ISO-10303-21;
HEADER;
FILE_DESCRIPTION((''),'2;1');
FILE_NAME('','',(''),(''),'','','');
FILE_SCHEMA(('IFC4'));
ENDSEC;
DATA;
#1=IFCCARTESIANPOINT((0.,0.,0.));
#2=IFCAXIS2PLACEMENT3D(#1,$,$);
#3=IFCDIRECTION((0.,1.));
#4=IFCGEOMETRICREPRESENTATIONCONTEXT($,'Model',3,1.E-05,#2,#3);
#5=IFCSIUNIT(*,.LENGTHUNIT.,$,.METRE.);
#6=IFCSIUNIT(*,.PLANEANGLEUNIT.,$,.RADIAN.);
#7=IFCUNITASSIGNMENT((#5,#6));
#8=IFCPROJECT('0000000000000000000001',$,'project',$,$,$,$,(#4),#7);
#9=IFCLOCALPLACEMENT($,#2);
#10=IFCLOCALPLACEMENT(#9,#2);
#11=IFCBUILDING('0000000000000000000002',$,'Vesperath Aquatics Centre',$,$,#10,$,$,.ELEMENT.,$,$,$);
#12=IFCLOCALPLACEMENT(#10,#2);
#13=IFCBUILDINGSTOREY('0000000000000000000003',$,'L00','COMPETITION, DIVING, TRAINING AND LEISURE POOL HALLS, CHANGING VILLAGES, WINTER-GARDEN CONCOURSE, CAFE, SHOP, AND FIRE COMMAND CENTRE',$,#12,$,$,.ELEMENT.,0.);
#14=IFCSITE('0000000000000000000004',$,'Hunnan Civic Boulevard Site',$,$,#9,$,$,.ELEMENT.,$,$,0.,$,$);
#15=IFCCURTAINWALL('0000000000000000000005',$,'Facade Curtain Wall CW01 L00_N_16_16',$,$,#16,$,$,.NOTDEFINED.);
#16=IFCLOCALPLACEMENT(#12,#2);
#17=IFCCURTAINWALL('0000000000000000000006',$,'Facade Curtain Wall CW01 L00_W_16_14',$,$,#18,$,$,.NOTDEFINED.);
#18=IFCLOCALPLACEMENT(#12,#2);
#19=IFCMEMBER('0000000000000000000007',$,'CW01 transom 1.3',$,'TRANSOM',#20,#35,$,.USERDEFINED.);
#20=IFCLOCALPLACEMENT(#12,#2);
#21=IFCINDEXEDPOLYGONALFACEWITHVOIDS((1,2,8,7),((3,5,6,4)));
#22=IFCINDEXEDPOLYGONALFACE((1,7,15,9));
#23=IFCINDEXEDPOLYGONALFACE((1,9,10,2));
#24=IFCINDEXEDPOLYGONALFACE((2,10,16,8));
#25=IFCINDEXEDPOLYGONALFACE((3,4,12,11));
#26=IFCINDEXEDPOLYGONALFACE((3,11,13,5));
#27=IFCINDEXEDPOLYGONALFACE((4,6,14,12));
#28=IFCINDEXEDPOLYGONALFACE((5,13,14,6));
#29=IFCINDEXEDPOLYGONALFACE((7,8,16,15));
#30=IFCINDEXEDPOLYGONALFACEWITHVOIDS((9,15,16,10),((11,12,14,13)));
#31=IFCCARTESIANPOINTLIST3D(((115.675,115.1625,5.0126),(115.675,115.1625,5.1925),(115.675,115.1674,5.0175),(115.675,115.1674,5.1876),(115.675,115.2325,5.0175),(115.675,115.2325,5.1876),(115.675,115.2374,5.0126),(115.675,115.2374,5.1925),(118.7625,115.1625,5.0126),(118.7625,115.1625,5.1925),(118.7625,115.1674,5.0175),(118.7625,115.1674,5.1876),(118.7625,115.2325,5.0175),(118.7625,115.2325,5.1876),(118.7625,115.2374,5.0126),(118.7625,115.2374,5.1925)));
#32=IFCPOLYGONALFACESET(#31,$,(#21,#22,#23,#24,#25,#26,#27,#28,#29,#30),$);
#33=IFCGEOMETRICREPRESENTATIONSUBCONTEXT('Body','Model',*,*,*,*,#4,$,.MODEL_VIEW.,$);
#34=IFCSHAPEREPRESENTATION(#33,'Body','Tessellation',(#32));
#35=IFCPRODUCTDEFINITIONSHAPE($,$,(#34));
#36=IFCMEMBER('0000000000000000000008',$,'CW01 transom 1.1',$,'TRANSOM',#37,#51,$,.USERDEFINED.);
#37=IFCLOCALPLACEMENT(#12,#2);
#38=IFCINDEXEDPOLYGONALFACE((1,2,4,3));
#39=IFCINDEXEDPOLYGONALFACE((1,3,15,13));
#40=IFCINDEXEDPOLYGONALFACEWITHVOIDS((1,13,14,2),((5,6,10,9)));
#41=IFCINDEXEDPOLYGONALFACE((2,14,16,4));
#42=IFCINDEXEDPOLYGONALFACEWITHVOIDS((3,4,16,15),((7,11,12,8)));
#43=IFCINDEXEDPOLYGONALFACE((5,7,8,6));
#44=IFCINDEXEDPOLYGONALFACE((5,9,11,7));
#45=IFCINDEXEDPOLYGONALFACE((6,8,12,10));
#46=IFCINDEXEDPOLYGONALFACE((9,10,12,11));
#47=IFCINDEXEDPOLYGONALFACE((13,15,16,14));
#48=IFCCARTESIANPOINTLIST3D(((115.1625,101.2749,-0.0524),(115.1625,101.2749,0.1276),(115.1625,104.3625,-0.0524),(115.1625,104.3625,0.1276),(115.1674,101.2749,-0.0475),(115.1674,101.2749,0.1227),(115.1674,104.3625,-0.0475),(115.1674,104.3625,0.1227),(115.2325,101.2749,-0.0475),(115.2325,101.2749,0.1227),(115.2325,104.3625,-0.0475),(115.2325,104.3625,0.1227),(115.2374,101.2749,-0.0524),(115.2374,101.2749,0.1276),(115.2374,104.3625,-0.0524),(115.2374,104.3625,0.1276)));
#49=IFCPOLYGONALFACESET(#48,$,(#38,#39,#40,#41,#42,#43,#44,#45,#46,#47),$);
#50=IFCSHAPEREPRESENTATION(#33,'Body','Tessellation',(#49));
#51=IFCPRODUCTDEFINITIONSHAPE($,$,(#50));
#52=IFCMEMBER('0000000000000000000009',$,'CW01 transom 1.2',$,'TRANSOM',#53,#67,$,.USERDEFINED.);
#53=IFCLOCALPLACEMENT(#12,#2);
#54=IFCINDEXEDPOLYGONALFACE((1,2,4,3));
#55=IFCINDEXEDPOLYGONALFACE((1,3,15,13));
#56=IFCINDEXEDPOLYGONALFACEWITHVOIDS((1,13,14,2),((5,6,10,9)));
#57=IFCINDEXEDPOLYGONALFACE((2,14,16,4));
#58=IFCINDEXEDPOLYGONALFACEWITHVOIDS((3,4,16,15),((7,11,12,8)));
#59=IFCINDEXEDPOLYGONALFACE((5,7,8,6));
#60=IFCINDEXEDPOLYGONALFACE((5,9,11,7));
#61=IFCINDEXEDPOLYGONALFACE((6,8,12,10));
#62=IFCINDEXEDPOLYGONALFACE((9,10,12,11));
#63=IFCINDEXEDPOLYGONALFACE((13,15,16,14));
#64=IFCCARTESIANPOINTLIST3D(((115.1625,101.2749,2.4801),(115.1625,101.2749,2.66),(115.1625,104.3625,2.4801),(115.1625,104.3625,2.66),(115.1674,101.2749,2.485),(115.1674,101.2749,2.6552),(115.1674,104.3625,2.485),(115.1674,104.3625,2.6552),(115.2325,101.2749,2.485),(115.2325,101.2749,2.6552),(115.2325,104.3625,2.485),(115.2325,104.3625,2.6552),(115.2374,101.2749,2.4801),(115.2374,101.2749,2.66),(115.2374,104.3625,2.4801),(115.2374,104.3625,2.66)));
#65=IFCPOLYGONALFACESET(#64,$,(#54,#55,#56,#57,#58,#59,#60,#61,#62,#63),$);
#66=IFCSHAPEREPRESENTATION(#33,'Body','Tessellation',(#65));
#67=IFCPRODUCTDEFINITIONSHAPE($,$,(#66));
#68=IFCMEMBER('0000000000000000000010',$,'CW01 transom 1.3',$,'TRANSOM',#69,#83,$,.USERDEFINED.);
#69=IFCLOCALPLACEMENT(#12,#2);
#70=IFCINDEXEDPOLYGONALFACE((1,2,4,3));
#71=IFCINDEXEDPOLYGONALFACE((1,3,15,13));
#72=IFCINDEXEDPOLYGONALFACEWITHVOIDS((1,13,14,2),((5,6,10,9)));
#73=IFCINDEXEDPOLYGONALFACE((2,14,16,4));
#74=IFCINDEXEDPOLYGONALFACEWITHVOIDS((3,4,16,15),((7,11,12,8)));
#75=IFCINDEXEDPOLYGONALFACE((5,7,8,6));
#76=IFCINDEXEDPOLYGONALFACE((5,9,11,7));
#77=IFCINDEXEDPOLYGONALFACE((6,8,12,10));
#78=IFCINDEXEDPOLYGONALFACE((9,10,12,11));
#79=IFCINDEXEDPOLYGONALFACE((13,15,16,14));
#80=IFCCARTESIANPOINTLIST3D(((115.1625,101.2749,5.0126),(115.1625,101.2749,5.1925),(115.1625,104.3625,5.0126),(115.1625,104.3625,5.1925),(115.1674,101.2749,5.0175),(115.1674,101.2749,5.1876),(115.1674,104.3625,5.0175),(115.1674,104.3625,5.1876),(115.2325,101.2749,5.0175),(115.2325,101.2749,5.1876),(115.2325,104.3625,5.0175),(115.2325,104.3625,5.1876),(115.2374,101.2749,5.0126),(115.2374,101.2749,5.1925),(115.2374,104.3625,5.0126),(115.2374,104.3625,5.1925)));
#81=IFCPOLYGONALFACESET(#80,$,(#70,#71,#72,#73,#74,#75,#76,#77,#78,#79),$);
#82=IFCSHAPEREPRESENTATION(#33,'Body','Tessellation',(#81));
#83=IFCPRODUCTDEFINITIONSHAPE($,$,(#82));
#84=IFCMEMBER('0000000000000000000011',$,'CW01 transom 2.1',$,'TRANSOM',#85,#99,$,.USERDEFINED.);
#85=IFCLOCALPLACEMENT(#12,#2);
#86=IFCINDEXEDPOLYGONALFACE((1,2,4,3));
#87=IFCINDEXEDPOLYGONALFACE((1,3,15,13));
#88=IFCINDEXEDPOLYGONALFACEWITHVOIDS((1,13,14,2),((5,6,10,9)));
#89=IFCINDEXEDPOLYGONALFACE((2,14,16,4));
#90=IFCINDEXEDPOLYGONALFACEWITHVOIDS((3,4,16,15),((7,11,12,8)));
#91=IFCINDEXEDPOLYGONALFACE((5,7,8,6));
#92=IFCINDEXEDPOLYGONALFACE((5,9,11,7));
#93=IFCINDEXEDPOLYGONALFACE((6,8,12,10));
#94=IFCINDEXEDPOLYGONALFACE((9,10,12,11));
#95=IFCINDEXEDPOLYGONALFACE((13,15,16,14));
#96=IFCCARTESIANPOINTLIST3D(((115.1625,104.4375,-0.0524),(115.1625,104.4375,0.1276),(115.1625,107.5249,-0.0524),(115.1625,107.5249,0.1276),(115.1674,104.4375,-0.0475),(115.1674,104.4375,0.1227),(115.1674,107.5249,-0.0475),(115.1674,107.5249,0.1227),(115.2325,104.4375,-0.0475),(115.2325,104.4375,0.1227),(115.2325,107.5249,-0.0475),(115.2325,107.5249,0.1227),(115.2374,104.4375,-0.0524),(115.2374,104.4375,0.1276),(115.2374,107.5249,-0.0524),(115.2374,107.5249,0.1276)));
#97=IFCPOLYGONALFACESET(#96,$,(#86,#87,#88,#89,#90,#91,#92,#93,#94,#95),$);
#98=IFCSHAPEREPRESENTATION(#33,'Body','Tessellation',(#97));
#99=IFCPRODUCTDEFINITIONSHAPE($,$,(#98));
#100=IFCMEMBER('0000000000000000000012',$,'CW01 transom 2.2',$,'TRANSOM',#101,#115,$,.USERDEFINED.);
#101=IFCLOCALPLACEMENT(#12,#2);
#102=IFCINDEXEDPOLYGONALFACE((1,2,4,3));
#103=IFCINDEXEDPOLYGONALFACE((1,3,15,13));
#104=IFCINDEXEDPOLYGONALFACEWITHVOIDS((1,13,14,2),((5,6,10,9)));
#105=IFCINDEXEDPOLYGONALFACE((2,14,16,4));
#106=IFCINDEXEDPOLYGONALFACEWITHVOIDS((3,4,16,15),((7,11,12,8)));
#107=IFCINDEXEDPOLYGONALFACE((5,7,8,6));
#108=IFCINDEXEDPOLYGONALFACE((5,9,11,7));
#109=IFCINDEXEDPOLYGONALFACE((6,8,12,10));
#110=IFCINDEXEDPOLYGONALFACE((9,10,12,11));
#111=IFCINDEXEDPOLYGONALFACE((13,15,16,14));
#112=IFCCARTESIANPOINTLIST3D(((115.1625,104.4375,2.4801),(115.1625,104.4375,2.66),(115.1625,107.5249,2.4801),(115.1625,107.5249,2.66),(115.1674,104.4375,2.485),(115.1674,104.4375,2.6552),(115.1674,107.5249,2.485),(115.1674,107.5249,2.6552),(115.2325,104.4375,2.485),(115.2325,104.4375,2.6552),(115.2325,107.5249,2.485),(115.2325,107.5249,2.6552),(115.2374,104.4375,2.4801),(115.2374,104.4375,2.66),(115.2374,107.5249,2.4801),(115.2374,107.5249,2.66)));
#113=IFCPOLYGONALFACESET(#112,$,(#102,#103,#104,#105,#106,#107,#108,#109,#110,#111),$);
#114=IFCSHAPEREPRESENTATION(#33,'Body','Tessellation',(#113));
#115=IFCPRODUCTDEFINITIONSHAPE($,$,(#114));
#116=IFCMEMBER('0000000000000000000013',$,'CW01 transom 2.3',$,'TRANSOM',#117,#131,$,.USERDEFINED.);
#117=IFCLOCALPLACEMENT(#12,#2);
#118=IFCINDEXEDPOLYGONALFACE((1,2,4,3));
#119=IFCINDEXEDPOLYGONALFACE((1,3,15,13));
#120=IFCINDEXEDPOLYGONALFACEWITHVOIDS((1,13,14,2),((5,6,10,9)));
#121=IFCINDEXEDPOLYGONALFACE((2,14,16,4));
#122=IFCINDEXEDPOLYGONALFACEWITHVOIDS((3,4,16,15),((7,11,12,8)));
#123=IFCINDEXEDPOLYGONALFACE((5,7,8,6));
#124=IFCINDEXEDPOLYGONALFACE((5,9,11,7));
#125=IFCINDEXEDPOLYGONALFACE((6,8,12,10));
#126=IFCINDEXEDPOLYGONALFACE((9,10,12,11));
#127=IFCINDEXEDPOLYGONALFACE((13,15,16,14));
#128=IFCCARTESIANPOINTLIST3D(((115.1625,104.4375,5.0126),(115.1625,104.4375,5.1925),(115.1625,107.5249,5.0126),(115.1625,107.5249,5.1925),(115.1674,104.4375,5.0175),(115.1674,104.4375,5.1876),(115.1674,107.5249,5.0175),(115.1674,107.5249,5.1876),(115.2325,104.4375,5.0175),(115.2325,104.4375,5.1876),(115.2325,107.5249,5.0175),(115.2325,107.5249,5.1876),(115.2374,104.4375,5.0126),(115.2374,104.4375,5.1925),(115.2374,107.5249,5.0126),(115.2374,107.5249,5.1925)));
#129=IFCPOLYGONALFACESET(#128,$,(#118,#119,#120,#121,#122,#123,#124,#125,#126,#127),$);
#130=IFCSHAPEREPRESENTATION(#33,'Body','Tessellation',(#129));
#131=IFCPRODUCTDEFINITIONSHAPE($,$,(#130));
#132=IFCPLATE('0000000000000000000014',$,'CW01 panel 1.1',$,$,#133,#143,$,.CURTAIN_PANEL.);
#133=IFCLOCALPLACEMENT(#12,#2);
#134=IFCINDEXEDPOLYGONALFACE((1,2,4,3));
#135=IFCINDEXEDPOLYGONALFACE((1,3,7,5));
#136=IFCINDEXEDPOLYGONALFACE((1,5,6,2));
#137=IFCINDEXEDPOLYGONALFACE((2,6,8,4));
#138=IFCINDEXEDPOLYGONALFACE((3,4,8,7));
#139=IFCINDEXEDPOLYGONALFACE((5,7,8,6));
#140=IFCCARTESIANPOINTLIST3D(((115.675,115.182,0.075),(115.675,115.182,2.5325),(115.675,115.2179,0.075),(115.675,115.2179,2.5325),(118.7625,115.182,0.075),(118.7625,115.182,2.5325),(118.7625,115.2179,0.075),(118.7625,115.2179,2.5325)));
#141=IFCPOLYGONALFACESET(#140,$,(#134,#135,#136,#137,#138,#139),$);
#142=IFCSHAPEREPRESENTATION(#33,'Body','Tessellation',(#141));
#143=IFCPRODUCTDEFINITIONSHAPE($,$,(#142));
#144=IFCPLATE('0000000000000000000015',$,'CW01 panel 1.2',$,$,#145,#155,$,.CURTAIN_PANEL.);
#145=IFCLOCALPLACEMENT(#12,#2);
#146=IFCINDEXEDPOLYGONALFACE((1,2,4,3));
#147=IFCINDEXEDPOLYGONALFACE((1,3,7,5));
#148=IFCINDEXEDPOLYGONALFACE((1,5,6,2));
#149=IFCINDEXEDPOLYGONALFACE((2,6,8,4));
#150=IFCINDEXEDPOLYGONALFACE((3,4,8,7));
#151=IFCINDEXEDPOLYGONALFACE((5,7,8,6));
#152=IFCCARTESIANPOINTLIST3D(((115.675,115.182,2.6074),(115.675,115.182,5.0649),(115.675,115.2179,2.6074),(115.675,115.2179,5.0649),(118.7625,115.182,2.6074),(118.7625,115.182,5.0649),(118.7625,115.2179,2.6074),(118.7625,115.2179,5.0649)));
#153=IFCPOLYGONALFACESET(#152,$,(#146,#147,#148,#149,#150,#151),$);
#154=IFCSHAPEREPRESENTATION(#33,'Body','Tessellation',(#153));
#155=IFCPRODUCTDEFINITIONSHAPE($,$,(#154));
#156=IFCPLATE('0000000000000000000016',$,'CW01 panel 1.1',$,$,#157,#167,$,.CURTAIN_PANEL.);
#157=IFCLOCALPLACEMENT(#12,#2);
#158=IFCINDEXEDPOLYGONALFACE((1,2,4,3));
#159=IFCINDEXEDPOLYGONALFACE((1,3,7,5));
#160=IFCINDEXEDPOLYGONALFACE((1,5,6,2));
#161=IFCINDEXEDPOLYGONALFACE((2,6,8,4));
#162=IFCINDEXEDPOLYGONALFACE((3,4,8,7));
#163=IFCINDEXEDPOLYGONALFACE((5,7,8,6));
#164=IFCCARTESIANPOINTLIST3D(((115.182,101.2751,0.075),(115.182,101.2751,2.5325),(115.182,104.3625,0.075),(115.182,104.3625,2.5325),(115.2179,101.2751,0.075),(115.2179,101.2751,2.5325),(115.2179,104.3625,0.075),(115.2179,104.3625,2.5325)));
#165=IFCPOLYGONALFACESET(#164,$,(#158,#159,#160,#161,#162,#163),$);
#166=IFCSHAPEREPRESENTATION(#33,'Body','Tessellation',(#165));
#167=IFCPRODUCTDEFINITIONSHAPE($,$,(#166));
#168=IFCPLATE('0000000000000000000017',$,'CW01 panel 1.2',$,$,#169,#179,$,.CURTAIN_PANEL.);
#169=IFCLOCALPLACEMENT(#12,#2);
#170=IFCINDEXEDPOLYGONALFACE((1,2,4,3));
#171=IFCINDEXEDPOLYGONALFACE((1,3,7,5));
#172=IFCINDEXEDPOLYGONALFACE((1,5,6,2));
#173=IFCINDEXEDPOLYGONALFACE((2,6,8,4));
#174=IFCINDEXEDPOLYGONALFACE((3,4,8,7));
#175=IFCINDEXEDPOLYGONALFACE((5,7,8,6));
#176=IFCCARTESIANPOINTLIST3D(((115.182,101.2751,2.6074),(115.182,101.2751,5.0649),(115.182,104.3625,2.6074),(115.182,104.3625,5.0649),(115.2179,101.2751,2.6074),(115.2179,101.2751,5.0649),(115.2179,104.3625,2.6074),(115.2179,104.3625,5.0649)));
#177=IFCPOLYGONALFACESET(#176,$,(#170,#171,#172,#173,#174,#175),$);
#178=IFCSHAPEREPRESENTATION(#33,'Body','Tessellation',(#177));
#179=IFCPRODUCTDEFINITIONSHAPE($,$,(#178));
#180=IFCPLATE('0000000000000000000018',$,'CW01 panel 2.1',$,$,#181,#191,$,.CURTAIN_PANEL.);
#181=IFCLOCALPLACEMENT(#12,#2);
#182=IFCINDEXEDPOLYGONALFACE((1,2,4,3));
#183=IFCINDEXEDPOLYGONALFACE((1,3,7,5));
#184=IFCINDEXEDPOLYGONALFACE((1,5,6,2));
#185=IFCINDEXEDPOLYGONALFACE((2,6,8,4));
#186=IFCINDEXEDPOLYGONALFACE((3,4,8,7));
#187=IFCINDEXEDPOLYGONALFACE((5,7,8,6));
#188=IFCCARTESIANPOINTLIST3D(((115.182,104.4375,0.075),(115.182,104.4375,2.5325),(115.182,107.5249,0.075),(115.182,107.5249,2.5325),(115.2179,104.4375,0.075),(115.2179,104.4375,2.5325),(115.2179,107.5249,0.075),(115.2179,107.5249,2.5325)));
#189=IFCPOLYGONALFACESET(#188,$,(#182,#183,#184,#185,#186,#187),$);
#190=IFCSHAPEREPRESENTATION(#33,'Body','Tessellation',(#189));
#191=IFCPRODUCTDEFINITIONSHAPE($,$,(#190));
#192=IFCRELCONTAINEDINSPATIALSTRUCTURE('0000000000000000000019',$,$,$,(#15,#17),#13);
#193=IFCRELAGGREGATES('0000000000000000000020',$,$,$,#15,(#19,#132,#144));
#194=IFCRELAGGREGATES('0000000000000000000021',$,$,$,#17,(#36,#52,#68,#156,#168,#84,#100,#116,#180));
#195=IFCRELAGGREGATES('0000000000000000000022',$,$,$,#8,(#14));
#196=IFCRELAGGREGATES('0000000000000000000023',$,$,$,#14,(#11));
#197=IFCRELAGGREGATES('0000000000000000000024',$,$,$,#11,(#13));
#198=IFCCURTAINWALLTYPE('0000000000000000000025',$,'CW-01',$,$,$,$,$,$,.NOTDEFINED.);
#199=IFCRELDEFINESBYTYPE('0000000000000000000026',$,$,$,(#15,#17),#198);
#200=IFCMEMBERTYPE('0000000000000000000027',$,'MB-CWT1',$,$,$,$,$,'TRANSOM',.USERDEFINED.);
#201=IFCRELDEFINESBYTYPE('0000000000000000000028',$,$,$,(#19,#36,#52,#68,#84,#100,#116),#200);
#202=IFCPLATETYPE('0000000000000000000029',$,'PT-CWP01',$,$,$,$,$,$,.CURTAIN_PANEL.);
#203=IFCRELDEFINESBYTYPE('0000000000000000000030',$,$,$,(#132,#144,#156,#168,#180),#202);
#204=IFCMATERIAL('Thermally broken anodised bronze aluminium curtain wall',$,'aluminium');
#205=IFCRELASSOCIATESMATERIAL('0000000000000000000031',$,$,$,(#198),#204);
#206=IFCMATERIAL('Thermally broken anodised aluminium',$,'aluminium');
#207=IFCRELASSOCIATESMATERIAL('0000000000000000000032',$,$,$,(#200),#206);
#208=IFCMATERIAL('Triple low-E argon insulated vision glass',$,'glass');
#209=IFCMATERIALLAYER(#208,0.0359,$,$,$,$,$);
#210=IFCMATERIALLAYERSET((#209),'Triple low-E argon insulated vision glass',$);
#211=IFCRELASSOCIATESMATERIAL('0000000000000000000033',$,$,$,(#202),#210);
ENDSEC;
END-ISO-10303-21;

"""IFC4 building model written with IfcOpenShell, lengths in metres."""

from ifc_helpers import new_model, si_unit, direction, frame, origin, origin_2d, place, context, subcontext, project, spatial, rectangle, hollow_rectangle, extrude, material, layer, layer_set, material_profile, profile_set, type_object, element, aggregate, save


model = new_model("IFC4")

# Units and contexts
model_context = context("Model", 3, precision=1e-05, world=origin(), true_north=direction((0.0, 1.0)))
body_context = subcontext(model_context, "Body", "Model", "MODEL_VIEW")
ifc_project = project(units=[si_unit("LENGTHUNIT", "METRE"), si_unit("PLANEANGLEUNIT", "RADIAN")], contexts=[model_context])

# Site, building, storey
site_placement = place(None, origin())
site = spatial("IfcSite", under=ifc_project, at=site_placement, Name="Hunnan Civic Boulevard Site", CompositionType="ELEMENT", RefElevation=0.0)
building_placement = place(site_placement, origin())
building = spatial("IfcBuilding", under=site, at=building_placement, Name="Vesperath Aquatics Centre", CompositionType="ELEMENT")
storey_placement = place(building_placement, origin())
storey = spatial("IfcBuildingStorey", under=building, at=storey_placement, Name="L00", Description="COMPETITION, DIVING, TRAINING AND LEISURE POOL HALLS, CHANGING VILLAGES, WINTER-GARDEN CONCOURSE, CAFE, SHOP, AND FIRE COMMAND CENTRE", CompositionType="ELEMENT", Elevation=0.0)

# Curtain wall
ifc_material_1 = material(Name="Thermally broken anodised bronze aluminium curtain wall", Category="aluminium")
curtain_wall_type = type_object("IfcCurtainWallType", Name="CW-01", PredefinedType="NOTDEFINED", material=ifc_material_1)
curtain_wall_1_placement = place(storey_placement, origin())
curtain_wall_1 = element("IfcCurtainWall", 1, at=curtain_wall_1_placement, inside=storey, type_object=curtain_wall_type, Name="Facade Curtain Wall CW01 L00_N_16_16", PredefinedType="NOTDEFINED")
ifc_material_2 = material(Name="Thermally broken anodised aluminium", Category="aluminium")

# Curtain wall
curtain_wall_2_placement = place(storey_placement, origin())
curtain_wall_2 = element("IfcCurtainWall", 2, at=curtain_wall_2_placement, inside=storey, type_object=curtain_wall_type, Name="Facade Curtain Wall CW01 L00_W_16_14", PredefinedType="NOTDEFINED")

# Members
ifc_material_profile_1 = material_profile(ifc_material_2, hollow_rectangle(XDim=0.075, YDim=0.1799, WallThickness=0.0049, at=origin_2d()), Name="CWT 75x180x5")
ifc_profile_set_1 = profile_set([ifc_material_profile_1], Name="Thermally broken anodised aluminium")
member_type_1 = type_object("IfcMemberType", Name="MB-CWT1", ElementType="TRANSOM", PredefinedType="USERDEFINED", material=ifc_profile_set_1)
member_1_placement = place(storey_placement, frame((115.675, 115.2, 5.1025), z_axis=(1.0, 0.0, 0.0), x_axis=(0.0, 1.0, 0.0)))
member_1 = element("IfcMember", 3, at=member_1_placement, type_object=member_type_1, Name="CW01 transom 1.3", ObjectType="TRANSOM", PredefinedType="USERDEFINED", context=body_context, shape_type="SweptSolid", body=[
    extrude(hollow_rectangle(XDim=0.075, YDim=0.1799, WallThickness=0.0049, at=origin_2d()), origin(), (0.0, 0.0, 1.0), 3.0874),
])
member_2_placement = place(storey_placement, frame((115.2, 101.2749, 0.0376), z_axis=(0.0, 1.0, 0.0), x_axis=(-1.0, 0.0, 0.0)))
member_2 = element("IfcMember", 4, at=member_2_placement, type_object=member_type_1, Name="CW01 transom 1.1", ObjectType="TRANSOM", PredefinedType="USERDEFINED", context=body_context, shape_type="SweptSolid", body=[
    extrude(hollow_rectangle(XDim=0.075, YDim=0.1799, WallThickness=0.0049, at=origin_2d()), origin(), (0.0, 0.0, 1.0), 3.0876),
])
member_3_placement = place(storey_placement, frame((115.2, 101.2749, 2.5701), z_axis=(0.0, 1.0, 0.0), x_axis=(-1.0, 0.0, 0.0)))
member_3 = element("IfcMember", 5, at=member_3_placement, type_object=member_type_1, Name="CW01 transom 1.2", ObjectType="TRANSOM", PredefinedType="USERDEFINED", context=body_context, shape_type="SweptSolid", body=[
    extrude(hollow_rectangle(XDim=0.075, YDim=0.1799, WallThickness=0.0049, at=origin_2d()), origin(), (0.0, 0.0, 1.0), 3.0876),
])
member_4_placement = place(storey_placement, frame((115.2, 101.2749, 5.1025), z_axis=(0.0, 1.0, 0.0), x_axis=(-1.0, 0.0, 0.0)))
member_4 = element("IfcMember", 6, at=member_4_placement, type_object=member_type_1, Name="CW01 transom 1.3", ObjectType="TRANSOM", PredefinedType="USERDEFINED", context=body_context, shape_type="SweptSolid", body=[
    extrude(hollow_rectangle(XDim=0.075, YDim=0.1799, WallThickness=0.0049, at=origin_2d()), origin(), (0.0, 0.0, 1.0), 3.0876),
])
member_5_placement = place(storey_placement, frame((115.2, 104.4375, 0.0376), z_axis=(0.0, 1.0, 0.0), x_axis=(-1.0, 0.0, 0.0)))
member_5 = element("IfcMember", 7, at=member_5_placement, type_object=member_type_1, Name="CW01 transom 2.1", ObjectType="TRANSOM", PredefinedType="USERDEFINED", context=body_context, shape_type="SweptSolid", body=[
    extrude(hollow_rectangle(XDim=0.075, YDim=0.1799, WallThickness=0.0049, at=origin_2d()), origin(), (0.0, 0.0, 1.0), 3.0874),
])
member_6_placement = place(storey_placement, frame((115.2, 104.4375, 2.5701), z_axis=(0.0, 1.0, 0.0), x_axis=(-1.0, 0.0, 0.0)))
member_6 = element("IfcMember", 8, at=member_6_placement, type_object=member_type_1, Name="CW01 transom 2.2", ObjectType="TRANSOM", PredefinedType="USERDEFINED", context=body_context, shape_type="SweptSolid", body=[
    extrude(hollow_rectangle(XDim=0.075, YDim=0.1799, WallThickness=0.0049, at=origin_2d()), origin(), (0.0, 0.0, 1.0), 3.0874),
])
member_7_placement = place(storey_placement, frame((115.2, 104.4375, 5.1025), z_axis=(0.0, 1.0, 0.0), x_axis=(-1.0, 0.0, 0.0)))
member_7 = element("IfcMember", 9, at=member_7_placement, type_object=member_type_1, Name="CW01 transom 2.3", ObjectType="TRANSOM", PredefinedType="USERDEFINED", context=body_context, shape_type="SweptSolid", body=[
    extrude(hollow_rectangle(XDim=0.075, YDim=0.1799, WallThickness=0.0049, at=origin_2d()), origin(), (0.0, 0.0, 1.0), 3.0874),
])

# Plates
ifc_material_3 = material(Name="Triple low-E argon insulated vision glass", Category="glass")
ifc_layer_1 = layer(ifc_material_3, 0.0359)
ifc_layer_set_1 = layer_set([ifc_layer_1], Name="Triple low-E argon insulated vision glass")
plate_type = type_object("IfcPlateType", Name="PT-CWP01", PredefinedType="CURTAIN_PANEL", material=ifc_layer_set_1)
plate_1_placement = place(storey_placement, frame((117.2188, 115.2, 0.075), z_axis=(0.0, 0.0, 1.0), x_axis=(1.0, 0.0, 0.0)))
plate_1 = element("IfcPlate", 10, at=plate_1_placement, type_object=plate_type, Name="CW01 panel 1.1", PredefinedType="CURTAIN_PANEL", context=body_context, shape_type="SweptSolid", body=[
    extrude(rectangle(XDim=3.0874, YDim=0.0359, at=origin_2d()), origin(), (0.0, 0.0, 1.0), 2.4575),
])
plate_2_placement = place(storey_placement, frame((117.2188, 115.2, 2.6074), z_axis=(0.0, 0.0, 1.0), x_axis=(1.0, 0.0, 0.0)))
plate_2 = element("IfcPlate", 11, at=plate_2_placement, type_object=plate_type, Name="CW01 panel 1.2", PredefinedType="CURTAIN_PANEL", context=body_context, shape_type="SweptSolid", body=[
    extrude(rectangle(XDim=3.0874, YDim=0.0359, at=origin_2d()), origin(), (0.0, 0.0, 1.0), 2.4575),
])
aggregate(curtain_wall_1, [member_1, plate_1, plate_2])
plate_3_placement = place(storey_placement, frame((115.2, 102.8188, 0.075), z_axis=(0.0, 0.0, 1.0), x_axis=(0.0, 1.0, 0.0)))
plate_3 = element("IfcPlate", 12, at=plate_3_placement, type_object=plate_type, Name="CW01 panel 1.1", PredefinedType="CURTAIN_PANEL", context=body_context, shape_type="SweptSolid", body=[
    extrude(rectangle(XDim=3.0874, YDim=0.0359, at=origin_2d()), origin(), (0.0, 0.0, 1.0), 2.4575),
])
plate_4_placement = place(storey_placement, frame((115.2, 102.8188, 2.6074), z_axis=(0.0, 0.0, 1.0), x_axis=(0.0, 1.0, 0.0)))
plate_4 = element("IfcPlate", 13, at=plate_4_placement, type_object=plate_type, Name="CW01 panel 1.2", PredefinedType="CURTAIN_PANEL", context=body_context, shape_type="SweptSolid", body=[
    extrude(rectangle(XDim=3.0874, YDim=0.0359, at=origin_2d()), origin(), (0.0, 0.0, 1.0), 2.4575),
])
plate_5_placement = place(storey_placement, frame((115.2, 105.9812, 0.075), z_axis=(0.0, 0.0, 1.0), x_axis=(0.0, 1.0, 0.0)))
plate_5 = element("IfcPlate", 14, at=plate_5_placement, type_object=plate_type, Name="CW01 panel 2.1", PredefinedType="CURTAIN_PANEL", context=body_context, shape_type="SweptSolid", body=[
    extrude(rectangle(XDim=3.0874, YDim=0.0359, at=origin_2d()), origin(), (0.0, 0.0, 1.0), 2.4575),
])
aggregate(curtain_wall_2, [member_2, member_3, member_4, plate_3, plate_4, member_5, member_6, member_7, plate_5])

save(model, "model.ifc")
